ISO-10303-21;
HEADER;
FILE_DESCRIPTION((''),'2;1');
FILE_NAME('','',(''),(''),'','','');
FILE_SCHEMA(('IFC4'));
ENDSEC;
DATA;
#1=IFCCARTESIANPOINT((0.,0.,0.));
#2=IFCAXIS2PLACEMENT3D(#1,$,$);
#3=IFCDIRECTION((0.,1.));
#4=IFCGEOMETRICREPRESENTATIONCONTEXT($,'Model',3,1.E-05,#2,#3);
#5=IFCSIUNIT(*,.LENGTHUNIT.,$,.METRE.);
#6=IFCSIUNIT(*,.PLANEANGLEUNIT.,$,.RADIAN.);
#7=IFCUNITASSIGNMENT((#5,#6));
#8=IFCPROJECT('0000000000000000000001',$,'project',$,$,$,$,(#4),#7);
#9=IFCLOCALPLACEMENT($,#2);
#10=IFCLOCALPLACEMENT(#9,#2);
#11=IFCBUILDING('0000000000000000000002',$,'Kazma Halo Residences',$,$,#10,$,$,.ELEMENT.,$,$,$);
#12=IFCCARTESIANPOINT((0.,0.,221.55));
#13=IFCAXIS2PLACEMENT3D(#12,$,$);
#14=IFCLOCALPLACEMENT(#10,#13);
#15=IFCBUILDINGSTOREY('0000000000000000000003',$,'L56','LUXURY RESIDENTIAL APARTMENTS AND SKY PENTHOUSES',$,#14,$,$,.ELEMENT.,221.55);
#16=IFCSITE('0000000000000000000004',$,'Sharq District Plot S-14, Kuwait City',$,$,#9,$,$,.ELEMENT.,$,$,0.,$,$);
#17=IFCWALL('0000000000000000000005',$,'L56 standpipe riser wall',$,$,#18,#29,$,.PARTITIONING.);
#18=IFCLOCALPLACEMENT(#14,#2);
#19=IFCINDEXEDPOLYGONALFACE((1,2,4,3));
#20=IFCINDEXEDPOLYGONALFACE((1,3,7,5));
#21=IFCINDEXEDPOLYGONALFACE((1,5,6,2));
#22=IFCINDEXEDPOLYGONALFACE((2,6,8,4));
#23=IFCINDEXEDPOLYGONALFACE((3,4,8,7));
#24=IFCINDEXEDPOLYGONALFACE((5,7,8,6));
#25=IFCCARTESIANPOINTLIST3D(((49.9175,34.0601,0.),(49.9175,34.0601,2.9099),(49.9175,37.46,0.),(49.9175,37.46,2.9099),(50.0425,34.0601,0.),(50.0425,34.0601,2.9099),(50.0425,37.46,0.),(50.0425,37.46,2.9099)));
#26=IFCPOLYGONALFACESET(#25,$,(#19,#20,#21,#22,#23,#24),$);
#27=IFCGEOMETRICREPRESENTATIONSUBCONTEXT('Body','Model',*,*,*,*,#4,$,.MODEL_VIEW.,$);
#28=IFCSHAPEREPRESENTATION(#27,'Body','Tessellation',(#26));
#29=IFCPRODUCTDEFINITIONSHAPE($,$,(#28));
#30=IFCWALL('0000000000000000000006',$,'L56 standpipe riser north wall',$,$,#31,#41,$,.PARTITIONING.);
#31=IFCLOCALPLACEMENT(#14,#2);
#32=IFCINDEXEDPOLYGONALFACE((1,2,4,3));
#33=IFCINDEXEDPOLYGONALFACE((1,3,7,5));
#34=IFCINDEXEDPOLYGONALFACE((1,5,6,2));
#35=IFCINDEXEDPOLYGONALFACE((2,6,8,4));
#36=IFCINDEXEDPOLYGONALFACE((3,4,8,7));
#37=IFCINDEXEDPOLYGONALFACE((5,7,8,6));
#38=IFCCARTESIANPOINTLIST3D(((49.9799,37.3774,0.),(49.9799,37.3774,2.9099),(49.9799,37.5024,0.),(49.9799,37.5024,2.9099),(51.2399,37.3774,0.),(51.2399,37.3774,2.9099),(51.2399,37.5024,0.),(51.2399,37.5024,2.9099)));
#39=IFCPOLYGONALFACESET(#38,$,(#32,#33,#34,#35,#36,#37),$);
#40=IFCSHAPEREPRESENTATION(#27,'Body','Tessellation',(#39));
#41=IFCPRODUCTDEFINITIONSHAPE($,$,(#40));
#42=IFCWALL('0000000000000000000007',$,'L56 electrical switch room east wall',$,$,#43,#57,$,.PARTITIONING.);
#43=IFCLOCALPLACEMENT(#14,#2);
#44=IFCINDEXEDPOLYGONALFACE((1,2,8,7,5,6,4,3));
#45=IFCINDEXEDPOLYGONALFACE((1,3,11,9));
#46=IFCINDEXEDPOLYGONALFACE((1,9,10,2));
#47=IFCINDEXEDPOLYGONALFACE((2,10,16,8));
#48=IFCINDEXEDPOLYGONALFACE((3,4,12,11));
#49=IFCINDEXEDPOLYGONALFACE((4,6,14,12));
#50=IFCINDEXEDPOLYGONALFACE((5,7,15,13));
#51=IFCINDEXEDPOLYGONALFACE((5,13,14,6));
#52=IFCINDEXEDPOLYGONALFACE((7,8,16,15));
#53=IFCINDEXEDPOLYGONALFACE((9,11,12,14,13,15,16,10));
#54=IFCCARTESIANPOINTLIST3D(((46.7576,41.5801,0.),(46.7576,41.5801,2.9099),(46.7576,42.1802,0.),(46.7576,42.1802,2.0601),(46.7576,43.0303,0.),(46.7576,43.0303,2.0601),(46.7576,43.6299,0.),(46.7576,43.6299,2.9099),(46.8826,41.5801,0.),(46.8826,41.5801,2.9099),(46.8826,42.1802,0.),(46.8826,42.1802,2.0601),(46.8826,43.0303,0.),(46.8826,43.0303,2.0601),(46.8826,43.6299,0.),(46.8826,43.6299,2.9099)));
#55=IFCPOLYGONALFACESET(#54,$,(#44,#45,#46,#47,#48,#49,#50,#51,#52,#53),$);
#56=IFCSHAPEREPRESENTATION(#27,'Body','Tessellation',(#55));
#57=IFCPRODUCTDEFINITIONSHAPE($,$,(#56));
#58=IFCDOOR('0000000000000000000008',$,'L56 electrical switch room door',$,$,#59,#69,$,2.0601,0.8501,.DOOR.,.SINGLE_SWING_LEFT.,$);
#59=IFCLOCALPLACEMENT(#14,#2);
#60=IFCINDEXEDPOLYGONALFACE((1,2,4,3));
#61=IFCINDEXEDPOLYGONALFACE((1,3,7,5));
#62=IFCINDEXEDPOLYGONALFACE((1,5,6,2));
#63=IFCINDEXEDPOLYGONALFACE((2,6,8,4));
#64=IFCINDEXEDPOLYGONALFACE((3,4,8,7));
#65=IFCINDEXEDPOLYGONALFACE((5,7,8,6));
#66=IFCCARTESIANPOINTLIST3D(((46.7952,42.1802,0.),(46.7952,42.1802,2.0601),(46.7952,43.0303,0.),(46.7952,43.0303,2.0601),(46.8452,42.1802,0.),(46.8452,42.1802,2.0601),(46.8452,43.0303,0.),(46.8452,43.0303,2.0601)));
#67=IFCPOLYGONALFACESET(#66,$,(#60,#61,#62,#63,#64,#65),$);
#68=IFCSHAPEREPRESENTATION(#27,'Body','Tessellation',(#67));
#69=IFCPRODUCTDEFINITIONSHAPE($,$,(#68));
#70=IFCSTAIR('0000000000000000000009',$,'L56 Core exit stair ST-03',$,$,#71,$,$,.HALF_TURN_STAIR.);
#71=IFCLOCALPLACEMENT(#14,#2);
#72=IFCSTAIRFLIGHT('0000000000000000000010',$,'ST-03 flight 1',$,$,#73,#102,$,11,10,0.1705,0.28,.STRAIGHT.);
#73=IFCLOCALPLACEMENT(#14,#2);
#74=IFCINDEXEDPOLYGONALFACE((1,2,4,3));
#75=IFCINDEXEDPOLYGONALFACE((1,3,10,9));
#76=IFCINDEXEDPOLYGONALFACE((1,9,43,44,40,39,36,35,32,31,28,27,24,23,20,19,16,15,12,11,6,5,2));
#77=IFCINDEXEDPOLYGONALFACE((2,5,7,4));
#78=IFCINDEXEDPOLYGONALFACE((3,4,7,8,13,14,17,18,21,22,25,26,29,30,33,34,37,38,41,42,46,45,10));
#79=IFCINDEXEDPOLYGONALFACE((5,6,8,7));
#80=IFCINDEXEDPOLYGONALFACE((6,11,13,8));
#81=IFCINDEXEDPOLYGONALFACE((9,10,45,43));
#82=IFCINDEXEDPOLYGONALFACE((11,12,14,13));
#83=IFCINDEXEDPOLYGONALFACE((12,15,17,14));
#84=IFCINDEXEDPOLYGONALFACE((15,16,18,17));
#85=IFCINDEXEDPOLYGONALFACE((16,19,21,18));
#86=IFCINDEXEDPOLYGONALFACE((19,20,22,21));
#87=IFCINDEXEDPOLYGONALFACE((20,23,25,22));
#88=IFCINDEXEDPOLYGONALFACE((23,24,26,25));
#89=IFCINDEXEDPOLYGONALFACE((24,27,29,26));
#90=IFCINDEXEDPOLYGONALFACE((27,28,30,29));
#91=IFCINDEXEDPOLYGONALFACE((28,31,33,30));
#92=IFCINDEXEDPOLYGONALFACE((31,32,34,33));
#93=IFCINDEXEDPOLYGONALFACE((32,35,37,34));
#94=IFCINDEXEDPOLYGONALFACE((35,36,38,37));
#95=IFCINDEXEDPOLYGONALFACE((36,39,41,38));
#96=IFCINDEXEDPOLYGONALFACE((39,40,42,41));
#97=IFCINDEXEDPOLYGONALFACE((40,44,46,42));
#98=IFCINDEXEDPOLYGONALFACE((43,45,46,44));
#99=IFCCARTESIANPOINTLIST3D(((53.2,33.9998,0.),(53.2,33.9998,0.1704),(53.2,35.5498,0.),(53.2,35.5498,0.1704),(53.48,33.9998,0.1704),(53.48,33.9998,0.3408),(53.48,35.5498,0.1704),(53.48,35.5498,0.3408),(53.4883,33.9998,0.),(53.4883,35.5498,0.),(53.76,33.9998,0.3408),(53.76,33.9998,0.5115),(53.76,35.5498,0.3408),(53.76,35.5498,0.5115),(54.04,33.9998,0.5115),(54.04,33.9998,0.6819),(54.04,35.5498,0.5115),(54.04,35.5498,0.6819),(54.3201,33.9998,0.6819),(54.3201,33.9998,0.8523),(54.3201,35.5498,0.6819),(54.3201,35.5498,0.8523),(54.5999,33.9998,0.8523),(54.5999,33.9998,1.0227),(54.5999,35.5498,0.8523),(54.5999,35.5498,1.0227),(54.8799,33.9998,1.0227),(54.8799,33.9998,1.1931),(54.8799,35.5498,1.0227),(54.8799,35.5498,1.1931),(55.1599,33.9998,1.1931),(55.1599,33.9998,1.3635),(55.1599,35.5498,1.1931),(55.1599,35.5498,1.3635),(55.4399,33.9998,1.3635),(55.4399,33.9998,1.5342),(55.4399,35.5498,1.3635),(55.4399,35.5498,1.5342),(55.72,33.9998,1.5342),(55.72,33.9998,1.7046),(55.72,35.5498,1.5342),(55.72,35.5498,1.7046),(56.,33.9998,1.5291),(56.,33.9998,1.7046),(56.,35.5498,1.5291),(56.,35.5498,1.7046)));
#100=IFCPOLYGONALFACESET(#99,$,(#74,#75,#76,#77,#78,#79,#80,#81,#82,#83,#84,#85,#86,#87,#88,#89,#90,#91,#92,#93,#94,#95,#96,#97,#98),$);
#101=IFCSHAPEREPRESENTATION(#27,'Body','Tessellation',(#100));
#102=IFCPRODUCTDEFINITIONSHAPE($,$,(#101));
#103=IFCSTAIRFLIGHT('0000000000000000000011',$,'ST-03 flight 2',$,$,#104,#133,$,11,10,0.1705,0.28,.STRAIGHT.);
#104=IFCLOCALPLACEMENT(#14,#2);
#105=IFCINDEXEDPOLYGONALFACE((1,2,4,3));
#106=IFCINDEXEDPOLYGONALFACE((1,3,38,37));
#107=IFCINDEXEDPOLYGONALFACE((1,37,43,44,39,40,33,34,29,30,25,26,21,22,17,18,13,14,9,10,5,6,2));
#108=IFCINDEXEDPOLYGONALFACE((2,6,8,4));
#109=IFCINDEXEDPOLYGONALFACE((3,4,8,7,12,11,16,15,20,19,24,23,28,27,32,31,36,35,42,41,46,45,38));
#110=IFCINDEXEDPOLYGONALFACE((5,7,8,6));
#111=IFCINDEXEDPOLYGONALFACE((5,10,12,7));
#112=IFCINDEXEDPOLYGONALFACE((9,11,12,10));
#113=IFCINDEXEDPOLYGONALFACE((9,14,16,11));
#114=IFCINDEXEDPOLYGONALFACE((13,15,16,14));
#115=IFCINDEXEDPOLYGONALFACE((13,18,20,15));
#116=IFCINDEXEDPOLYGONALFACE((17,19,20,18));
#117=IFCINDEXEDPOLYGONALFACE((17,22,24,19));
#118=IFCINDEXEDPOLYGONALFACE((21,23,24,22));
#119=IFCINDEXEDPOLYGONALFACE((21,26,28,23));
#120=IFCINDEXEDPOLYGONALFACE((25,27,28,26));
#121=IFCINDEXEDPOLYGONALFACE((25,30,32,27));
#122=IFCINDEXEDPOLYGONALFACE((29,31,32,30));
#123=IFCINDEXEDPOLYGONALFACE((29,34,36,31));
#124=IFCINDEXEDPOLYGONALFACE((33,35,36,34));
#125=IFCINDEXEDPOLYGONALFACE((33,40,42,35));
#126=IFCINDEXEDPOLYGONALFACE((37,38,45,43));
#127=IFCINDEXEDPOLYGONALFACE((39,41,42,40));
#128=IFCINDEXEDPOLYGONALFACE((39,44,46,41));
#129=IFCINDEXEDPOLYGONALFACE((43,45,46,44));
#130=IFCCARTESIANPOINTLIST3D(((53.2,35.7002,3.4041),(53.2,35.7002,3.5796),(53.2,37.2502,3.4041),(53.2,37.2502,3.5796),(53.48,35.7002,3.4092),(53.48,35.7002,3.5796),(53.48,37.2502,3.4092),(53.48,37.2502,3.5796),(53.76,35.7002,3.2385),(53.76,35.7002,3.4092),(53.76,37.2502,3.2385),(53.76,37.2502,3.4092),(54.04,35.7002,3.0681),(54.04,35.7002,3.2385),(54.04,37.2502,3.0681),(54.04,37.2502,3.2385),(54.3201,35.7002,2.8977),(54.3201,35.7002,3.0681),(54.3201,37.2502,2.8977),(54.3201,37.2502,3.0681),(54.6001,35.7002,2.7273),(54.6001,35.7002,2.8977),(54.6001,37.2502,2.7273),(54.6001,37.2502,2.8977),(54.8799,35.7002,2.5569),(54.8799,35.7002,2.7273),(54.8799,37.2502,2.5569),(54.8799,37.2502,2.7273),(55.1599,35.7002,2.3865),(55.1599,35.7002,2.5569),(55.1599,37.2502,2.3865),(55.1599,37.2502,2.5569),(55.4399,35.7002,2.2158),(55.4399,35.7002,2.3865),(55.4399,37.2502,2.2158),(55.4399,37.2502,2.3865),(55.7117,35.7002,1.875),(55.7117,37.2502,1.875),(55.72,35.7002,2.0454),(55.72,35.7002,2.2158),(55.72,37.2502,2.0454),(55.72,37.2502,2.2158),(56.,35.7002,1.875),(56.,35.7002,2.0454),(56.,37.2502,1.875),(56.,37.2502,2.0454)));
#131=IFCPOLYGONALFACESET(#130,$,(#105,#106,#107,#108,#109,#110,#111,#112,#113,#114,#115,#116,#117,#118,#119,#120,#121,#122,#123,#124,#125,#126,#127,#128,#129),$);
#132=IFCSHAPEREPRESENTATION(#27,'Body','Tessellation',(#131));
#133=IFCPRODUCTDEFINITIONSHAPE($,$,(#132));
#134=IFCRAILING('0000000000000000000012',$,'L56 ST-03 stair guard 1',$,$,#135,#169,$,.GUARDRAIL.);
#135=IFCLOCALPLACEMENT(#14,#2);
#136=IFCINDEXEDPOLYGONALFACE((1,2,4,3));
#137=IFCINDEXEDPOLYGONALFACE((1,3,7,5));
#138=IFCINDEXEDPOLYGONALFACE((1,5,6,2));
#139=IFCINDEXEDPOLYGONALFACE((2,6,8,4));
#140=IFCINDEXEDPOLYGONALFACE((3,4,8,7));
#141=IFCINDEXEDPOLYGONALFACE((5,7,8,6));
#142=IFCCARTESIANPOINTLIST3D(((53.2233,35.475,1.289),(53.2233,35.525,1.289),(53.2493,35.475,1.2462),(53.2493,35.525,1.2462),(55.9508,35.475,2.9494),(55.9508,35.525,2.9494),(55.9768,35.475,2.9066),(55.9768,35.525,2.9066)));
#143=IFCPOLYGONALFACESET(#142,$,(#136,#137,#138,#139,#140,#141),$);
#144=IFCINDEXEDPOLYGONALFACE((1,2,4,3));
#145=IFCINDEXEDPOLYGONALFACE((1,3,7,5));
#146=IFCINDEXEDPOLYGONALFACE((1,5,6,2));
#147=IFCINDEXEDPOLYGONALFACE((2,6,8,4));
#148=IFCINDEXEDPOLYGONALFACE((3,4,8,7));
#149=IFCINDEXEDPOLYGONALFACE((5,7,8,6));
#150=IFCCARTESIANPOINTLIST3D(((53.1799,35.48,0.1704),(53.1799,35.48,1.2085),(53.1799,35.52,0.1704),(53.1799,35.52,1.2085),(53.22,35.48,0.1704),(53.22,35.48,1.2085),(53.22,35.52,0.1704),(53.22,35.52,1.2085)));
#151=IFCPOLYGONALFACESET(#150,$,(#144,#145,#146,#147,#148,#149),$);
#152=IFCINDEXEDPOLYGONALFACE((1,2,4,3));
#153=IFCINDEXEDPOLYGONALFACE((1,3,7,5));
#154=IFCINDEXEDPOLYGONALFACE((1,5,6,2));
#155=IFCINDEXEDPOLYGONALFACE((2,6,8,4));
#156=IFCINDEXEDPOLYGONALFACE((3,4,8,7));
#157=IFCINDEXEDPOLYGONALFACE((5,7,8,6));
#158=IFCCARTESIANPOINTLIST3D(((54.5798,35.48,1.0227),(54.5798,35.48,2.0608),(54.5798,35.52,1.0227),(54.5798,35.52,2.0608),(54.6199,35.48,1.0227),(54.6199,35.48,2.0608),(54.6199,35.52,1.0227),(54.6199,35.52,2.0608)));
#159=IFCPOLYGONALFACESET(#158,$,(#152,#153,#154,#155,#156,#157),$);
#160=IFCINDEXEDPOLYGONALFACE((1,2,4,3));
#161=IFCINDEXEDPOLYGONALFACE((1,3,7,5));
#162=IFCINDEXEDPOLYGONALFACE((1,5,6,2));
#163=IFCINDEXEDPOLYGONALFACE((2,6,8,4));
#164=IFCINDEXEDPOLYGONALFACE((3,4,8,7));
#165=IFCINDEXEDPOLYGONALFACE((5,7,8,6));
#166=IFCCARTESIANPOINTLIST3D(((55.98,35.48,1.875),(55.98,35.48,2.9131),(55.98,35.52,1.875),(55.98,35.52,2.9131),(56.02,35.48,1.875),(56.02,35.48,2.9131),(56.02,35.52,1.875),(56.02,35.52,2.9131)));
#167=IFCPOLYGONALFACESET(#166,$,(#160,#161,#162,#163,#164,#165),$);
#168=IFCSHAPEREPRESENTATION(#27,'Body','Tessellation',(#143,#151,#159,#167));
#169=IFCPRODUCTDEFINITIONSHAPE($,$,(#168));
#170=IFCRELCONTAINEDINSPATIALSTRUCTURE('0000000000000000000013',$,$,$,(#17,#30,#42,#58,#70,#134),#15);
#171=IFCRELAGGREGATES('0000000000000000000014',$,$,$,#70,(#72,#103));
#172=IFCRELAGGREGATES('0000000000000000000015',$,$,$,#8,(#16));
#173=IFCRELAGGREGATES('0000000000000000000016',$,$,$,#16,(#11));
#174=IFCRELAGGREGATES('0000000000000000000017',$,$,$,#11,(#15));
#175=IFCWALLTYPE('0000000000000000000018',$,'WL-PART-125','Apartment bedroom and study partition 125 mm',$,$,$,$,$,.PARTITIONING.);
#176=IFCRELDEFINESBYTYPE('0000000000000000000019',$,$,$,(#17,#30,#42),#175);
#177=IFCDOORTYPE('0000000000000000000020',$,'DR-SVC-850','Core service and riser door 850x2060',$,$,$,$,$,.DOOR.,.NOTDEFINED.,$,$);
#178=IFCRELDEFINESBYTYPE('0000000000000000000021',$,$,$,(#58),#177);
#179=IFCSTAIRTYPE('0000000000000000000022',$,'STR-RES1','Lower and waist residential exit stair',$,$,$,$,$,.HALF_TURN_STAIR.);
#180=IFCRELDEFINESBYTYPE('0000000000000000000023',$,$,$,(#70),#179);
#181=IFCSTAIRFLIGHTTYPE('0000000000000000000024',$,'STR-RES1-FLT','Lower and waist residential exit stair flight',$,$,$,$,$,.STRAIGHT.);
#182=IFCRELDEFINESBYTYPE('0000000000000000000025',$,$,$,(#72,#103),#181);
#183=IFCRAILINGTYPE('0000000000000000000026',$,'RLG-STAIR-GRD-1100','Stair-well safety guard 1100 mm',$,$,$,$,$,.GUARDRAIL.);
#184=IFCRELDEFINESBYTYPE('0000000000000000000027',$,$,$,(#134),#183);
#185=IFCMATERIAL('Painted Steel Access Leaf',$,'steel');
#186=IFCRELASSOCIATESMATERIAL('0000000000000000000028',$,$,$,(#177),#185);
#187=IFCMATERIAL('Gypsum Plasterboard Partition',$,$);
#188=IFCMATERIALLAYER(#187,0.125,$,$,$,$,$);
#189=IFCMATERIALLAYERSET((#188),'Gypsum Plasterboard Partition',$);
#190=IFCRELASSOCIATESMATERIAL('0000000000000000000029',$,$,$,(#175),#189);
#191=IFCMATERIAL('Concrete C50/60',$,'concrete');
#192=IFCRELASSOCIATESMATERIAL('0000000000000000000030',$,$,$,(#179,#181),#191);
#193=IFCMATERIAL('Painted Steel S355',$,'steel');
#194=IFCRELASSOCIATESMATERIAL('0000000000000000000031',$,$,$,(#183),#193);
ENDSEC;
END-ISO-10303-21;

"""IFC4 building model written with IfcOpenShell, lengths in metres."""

from ifc_helpers import new_model, si_unit, direction, frame, frame_2d, origin, origin_2d, place, context, subcontext, project, spatial, polyline, rectangle, outline, extrude, material, layer, layer_set, type_object, element, fill, aggregate, save


model = new_model("IFC4")

# Units and contexts
model_context = context("Model", 3, precision=1e-05, world=origin(), true_north=direction((0.0, 1.0)))
body_context = subcontext(model_context, "Body", "Model", "MODEL_VIEW")
ifc_project = project(units=[si_unit("LENGTHUNIT", "METRE"), si_unit("PLANEANGLEUNIT", "RADIAN")], contexts=[model_context])

# Site, building, storey
site_placement = place(None, origin())
site = spatial("IfcSite", under=ifc_project, at=site_placement, Name="Sharq District Plot S-14, Kuwait City", CompositionType="ELEMENT", RefElevation=0.0)
building_placement = place(site_placement, origin())
building = spatial("IfcBuilding", under=site, at=building_placement, Name="Kazma Halo Residences", CompositionType="ELEMENT")
storey_placement = place(building_placement, frame((0.0, 0.0, 221.55)))
storey = spatial("IfcBuildingStorey", under=building, at=storey_placement, Name="L56", Description="LUXURY RESIDENTIAL APARTMENTS AND SKY PENTHOUSES", CompositionType="ELEMENT", Elevation=221.55)

# Shared definitions
ifc_material_1 = material(Name="Painted Steel Access Leaf", Category="steel")
door_type_1 = type_object("IfcDoorType", Name="DR-SVC-850", Description="Core service and riser door 850x2060", OperationType="NOTDEFINED", PredefinedType="DOOR", material=ifc_material_1)

# Walls
ifc_material_2 = material(Name="Gypsum Plasterboard Partition")
ifc_layer_1 = layer(ifc_material_2, 0.125)
ifc_layer_set_1 = layer_set([ifc_layer_1], Name="Gypsum Plasterboard Partition")
wall_type_1 = type_object("IfcWallType", Name="WL-PART-125", Description="Apartment bedroom and study partition 125 mm", PredefinedType="PARTITIONING", material=ifc_layer_set_1)
wall_1_placement = place(storey_placement, frame((49.98, 34.0601, 0.0), z_axis=(0.0, 0.0, 1.0), x_axis=(0.0, 1.0, 0.0)))
element("IfcWall", 1, at=wall_1_placement, inside=storey, type_object=wall_type_1, Name="L56 standpipe riser wall", PredefinedType="PARTITIONING", context=body_context, shape_type="SweptSolid", body=[
    extrude(rectangle(XDim=3.3999, YDim=0.125, at=frame_2d((1.7, 0.0))), origin(), (0.0, 0.0, 1.0), 2.9099),
])
wall_2_placement = place(storey_placement, frame((49.98, 37.4399, 0.0), z_axis=(0.0, 0.0, 1.0), x_axis=(1.0, 0.0, 0.0)))
element("IfcWall", 2, at=wall_2_placement, inside=storey, type_object=wall_type_1, Name="L56 standpipe riser north wall", PredefinedType="PARTITIONING", context=body_context, shape_type="SweptSolid", body=[
    extrude(rectangle(XDim=1.26, YDim=0.125, at=frame_2d((0.6299, 0.0))), origin(), (0.0, 0.0, 1.0), 2.9099),
])

# Wall, opening, door
wall_3_placement = place(storey_placement, frame((46.8201, 41.5801, 0.0), z_axis=(0.0, 0.0, 1.0), x_axis=(0.0, 1.0, 0.0)))
wall_3 = element("IfcWall", 3, at=wall_3_placement, inside=storey, type_object=wall_type_1, Name="L56 electrical switch room east wall", PredefinedType="PARTITIONING", context=body_context, shape_type="SweptSolid", body=[
    extrude(rectangle(XDim=2.0498, YDim=0.125, at=frame_2d((1.0249, 0.0))), origin(), (0.0, 0.0, 1.0), 2.9099),
])
opening_1_placement = place(wall_3_placement, frame((0.6001, 0.0, 0.0)))
opening_1 = element("IfcOpeningElement", 4, at=opening_1_placement, cuts=wall_3, PredefinedType="OPENING", context=body_context, shape_type="SweptSolid", body=[
    extrude(rectangle(XDim=0.8501, YDim=2.0601, at=frame_2d((0.425, 1.03))), frame((0.0, 0.0725, 0.0), z_axis=(0.0, -1.0, 0.0), x_axis=(1.0, 0.0, 0.0)), (0.0, 0.0, 1.0), 0.145),
])
door_1_placement = place(opening_1_placement, origin())
door_1 = element("IfcDoor", 5, at=door_1_placement, inside=storey, type_object=door_type_1, Name="L56 electrical switch room door", OperationType="SINGLE_SWING_LEFT", OverallHeight=2.0601, OverallWidth=0.8501, PredefinedType="DOOR", context=body_context, shape_type="SweptSolid", body=[
    extrude(rectangle(XDim=0.8501, YDim=2.0601, at=frame_2d((0.425, 1.03))), frame((0.0, 0.0249, 0.0), z_axis=(0.0, -1.0, 0.0), x_axis=(1.0, 0.0, 0.0)), (0.0, 0.0, 1.0), 0.05),
])
fill(opening_1, door_1)
ifc_material_3 = material(Name="Concrete C50/60", Category="concrete")

# Stair, stair flights
stair_type = type_object("IfcStairType", Name="STR-RES1", Description="Lower and waist residential exit stair", PredefinedType="HALF_TURN_STAIR", material=ifc_material_3)
stair_placement = place(storey_placement, origin())
stair = element("IfcStair", 6, at=stair_placement, inside=storey, type_object=stair_type, Name="L56 Core exit stair ST-03", PredefinedType="HALF_TURN_STAIR")
stair_flight_type = type_object("IfcStairFlightType", Name="STR-RES1-FLT", Description="Lower and waist residential exit stair flight", PredefinedType="STRAIGHT", material=ifc_material_3)
stair_flight_1_placement = place(storey_placement, frame((53.2, 34.7749, 0.0), z_axis=(0.0, 0.0, 1.0), x_axis=(1.0, 0.0, 0.0)))
stair_flight_1 = element("IfcStairFlight", 7, at=stair_flight_1_placement, type_object=stair_flight_type, Name="ST-03 flight 1", NumberOfRisers=11, NumberOfTreads=10, PredefinedType="STRAIGHT", RiserHeight=0.1705, TreadLength=0.28, context=body_context, shape_type="SweptSolid", body=[
    extrude(outline(polyline([(0.0, 0.0), (0.0, 0.1704), (0.28, 0.1704), (0.28, 0.3408), (0.5601, 0.3408), (0.5601, 0.5115), (0.8401, 0.5115), (0.8401, 0.6819), (1.1201, 0.6819), (1.1201, 0.8523), (1.3999, 0.8523), (1.3999, 1.0227), (1.6799, 1.0227), (1.6799, 1.1931), (1.96, 1.1931), (1.96, 1.3635), (2.24, 1.3635), (2.24, 1.5342), (2.52, 1.5342), (2.52, 1.7046), (2.8, 1.7046), (2.8, 1.875), (2.8, 1.5291), (0.2883, 0.0), (0.0, 0.0)])), frame((0.0, 0.7749, 0.0), z_axis=(0.0, -1.0, 0.0), x_axis=(1.0, 0.0, 0.0)), (0.0, 0.0, 1.0), 1.55),
])
stair_flight_2_placement = place(storey_placement, frame((56.0, 36.4751, 1.875), z_axis=(0.0, 0.0, 1.0), x_axis=(-1.0, 0.0, 0.0)))
stair_flight_2 = element("IfcStairFlight", 8, at=stair_flight_2_placement, type_object=stair_flight_type, Name="ST-03 flight 2", NumberOfRisers=11, NumberOfTreads=10, PredefinedType="STRAIGHT", RiserHeight=0.1705, TreadLength=0.28, context=body_context, shape_type="SweptSolid", body=[
    extrude(outline(polyline([(0.0, 0.0), (0.0, 0.1704), (0.28, 0.1704), (0.28, 0.3408), (0.5601, 0.3408), (0.5601, 0.5115), (0.8401, 0.5115), (0.8401, 0.6819), (1.1201, 0.6819), (1.1201, 0.8523), (1.3999, 0.8523), (1.3999, 1.0227), (1.6799, 1.0227), (1.6799, 1.1931), (1.96, 1.1931), (1.96, 1.3635), (2.24, 1.3635), (2.24, 1.5342), (2.52, 1.5342), (2.52, 1.7046), (2.8, 1.7046), (2.8, 1.875), (2.8, 1.5291), (0.2883, 0.0), (0.0, 0.0)])), frame((0.0, 0.7749, 0.0), z_axis=(0.0, -1.0, 0.0), x_axis=(1.0, 0.0, 0.0)), (0.0, 0.0, 1.0), 1.55),
])
aggregate(stair, [stair_flight_1, stair_flight_2])

# Railing
ifc_material_4 = material(Name="Painted Steel S355", Category="steel")
railing_type_1 = type_object("IfcRailingType", Name="RLG-STAIR-GRD-1100", Description="Stair-well safety guard 1100 mm", PredefinedType="GUARDRAIL", material=ifc_material_4)
railing_1_placement = place(storey_placement, frame((53.2, 35.5, 0.1704)))
element("IfcRailing", 9, at=railing_1_placement, inside=storey, type_object=railing_type_1, Name="L56 ST-03 stair guard 1", PredefinedType="GUARDRAIL", context=body_context, shape_type="SweptSolid", body=[
    extrude(rectangle(XDim=0.05, YDim=0.05, at=origin_2d()), frame((0.0364, 0.0, 1.0972), z_axis=(0.85417, 0.0, 0.519994), x_axis=(0.0, 1.0, 0.0)), (0.0, 0.0, 1.0), 3.1931),
    extrude(rectangle(XDim=0.04, YDim=0.04, at=origin_2d()), origin(), (0.0, 0.0, 1.0), 1.0381),
    extrude(rectangle(XDim=0.04, YDim=0.04, at=origin_2d()), frame((1.3999, 0.0, 0.8523)), (0.0, 0.0, 1.0), 1.0381),
    extrude(rectangle(XDim=0.04, YDim=0.04, at=origin_2d()), frame((2.8, 0.0, 1.7046)), (0.0, 0.0, 1.0), 1.0381),
])

save(model, "model.ifc")
